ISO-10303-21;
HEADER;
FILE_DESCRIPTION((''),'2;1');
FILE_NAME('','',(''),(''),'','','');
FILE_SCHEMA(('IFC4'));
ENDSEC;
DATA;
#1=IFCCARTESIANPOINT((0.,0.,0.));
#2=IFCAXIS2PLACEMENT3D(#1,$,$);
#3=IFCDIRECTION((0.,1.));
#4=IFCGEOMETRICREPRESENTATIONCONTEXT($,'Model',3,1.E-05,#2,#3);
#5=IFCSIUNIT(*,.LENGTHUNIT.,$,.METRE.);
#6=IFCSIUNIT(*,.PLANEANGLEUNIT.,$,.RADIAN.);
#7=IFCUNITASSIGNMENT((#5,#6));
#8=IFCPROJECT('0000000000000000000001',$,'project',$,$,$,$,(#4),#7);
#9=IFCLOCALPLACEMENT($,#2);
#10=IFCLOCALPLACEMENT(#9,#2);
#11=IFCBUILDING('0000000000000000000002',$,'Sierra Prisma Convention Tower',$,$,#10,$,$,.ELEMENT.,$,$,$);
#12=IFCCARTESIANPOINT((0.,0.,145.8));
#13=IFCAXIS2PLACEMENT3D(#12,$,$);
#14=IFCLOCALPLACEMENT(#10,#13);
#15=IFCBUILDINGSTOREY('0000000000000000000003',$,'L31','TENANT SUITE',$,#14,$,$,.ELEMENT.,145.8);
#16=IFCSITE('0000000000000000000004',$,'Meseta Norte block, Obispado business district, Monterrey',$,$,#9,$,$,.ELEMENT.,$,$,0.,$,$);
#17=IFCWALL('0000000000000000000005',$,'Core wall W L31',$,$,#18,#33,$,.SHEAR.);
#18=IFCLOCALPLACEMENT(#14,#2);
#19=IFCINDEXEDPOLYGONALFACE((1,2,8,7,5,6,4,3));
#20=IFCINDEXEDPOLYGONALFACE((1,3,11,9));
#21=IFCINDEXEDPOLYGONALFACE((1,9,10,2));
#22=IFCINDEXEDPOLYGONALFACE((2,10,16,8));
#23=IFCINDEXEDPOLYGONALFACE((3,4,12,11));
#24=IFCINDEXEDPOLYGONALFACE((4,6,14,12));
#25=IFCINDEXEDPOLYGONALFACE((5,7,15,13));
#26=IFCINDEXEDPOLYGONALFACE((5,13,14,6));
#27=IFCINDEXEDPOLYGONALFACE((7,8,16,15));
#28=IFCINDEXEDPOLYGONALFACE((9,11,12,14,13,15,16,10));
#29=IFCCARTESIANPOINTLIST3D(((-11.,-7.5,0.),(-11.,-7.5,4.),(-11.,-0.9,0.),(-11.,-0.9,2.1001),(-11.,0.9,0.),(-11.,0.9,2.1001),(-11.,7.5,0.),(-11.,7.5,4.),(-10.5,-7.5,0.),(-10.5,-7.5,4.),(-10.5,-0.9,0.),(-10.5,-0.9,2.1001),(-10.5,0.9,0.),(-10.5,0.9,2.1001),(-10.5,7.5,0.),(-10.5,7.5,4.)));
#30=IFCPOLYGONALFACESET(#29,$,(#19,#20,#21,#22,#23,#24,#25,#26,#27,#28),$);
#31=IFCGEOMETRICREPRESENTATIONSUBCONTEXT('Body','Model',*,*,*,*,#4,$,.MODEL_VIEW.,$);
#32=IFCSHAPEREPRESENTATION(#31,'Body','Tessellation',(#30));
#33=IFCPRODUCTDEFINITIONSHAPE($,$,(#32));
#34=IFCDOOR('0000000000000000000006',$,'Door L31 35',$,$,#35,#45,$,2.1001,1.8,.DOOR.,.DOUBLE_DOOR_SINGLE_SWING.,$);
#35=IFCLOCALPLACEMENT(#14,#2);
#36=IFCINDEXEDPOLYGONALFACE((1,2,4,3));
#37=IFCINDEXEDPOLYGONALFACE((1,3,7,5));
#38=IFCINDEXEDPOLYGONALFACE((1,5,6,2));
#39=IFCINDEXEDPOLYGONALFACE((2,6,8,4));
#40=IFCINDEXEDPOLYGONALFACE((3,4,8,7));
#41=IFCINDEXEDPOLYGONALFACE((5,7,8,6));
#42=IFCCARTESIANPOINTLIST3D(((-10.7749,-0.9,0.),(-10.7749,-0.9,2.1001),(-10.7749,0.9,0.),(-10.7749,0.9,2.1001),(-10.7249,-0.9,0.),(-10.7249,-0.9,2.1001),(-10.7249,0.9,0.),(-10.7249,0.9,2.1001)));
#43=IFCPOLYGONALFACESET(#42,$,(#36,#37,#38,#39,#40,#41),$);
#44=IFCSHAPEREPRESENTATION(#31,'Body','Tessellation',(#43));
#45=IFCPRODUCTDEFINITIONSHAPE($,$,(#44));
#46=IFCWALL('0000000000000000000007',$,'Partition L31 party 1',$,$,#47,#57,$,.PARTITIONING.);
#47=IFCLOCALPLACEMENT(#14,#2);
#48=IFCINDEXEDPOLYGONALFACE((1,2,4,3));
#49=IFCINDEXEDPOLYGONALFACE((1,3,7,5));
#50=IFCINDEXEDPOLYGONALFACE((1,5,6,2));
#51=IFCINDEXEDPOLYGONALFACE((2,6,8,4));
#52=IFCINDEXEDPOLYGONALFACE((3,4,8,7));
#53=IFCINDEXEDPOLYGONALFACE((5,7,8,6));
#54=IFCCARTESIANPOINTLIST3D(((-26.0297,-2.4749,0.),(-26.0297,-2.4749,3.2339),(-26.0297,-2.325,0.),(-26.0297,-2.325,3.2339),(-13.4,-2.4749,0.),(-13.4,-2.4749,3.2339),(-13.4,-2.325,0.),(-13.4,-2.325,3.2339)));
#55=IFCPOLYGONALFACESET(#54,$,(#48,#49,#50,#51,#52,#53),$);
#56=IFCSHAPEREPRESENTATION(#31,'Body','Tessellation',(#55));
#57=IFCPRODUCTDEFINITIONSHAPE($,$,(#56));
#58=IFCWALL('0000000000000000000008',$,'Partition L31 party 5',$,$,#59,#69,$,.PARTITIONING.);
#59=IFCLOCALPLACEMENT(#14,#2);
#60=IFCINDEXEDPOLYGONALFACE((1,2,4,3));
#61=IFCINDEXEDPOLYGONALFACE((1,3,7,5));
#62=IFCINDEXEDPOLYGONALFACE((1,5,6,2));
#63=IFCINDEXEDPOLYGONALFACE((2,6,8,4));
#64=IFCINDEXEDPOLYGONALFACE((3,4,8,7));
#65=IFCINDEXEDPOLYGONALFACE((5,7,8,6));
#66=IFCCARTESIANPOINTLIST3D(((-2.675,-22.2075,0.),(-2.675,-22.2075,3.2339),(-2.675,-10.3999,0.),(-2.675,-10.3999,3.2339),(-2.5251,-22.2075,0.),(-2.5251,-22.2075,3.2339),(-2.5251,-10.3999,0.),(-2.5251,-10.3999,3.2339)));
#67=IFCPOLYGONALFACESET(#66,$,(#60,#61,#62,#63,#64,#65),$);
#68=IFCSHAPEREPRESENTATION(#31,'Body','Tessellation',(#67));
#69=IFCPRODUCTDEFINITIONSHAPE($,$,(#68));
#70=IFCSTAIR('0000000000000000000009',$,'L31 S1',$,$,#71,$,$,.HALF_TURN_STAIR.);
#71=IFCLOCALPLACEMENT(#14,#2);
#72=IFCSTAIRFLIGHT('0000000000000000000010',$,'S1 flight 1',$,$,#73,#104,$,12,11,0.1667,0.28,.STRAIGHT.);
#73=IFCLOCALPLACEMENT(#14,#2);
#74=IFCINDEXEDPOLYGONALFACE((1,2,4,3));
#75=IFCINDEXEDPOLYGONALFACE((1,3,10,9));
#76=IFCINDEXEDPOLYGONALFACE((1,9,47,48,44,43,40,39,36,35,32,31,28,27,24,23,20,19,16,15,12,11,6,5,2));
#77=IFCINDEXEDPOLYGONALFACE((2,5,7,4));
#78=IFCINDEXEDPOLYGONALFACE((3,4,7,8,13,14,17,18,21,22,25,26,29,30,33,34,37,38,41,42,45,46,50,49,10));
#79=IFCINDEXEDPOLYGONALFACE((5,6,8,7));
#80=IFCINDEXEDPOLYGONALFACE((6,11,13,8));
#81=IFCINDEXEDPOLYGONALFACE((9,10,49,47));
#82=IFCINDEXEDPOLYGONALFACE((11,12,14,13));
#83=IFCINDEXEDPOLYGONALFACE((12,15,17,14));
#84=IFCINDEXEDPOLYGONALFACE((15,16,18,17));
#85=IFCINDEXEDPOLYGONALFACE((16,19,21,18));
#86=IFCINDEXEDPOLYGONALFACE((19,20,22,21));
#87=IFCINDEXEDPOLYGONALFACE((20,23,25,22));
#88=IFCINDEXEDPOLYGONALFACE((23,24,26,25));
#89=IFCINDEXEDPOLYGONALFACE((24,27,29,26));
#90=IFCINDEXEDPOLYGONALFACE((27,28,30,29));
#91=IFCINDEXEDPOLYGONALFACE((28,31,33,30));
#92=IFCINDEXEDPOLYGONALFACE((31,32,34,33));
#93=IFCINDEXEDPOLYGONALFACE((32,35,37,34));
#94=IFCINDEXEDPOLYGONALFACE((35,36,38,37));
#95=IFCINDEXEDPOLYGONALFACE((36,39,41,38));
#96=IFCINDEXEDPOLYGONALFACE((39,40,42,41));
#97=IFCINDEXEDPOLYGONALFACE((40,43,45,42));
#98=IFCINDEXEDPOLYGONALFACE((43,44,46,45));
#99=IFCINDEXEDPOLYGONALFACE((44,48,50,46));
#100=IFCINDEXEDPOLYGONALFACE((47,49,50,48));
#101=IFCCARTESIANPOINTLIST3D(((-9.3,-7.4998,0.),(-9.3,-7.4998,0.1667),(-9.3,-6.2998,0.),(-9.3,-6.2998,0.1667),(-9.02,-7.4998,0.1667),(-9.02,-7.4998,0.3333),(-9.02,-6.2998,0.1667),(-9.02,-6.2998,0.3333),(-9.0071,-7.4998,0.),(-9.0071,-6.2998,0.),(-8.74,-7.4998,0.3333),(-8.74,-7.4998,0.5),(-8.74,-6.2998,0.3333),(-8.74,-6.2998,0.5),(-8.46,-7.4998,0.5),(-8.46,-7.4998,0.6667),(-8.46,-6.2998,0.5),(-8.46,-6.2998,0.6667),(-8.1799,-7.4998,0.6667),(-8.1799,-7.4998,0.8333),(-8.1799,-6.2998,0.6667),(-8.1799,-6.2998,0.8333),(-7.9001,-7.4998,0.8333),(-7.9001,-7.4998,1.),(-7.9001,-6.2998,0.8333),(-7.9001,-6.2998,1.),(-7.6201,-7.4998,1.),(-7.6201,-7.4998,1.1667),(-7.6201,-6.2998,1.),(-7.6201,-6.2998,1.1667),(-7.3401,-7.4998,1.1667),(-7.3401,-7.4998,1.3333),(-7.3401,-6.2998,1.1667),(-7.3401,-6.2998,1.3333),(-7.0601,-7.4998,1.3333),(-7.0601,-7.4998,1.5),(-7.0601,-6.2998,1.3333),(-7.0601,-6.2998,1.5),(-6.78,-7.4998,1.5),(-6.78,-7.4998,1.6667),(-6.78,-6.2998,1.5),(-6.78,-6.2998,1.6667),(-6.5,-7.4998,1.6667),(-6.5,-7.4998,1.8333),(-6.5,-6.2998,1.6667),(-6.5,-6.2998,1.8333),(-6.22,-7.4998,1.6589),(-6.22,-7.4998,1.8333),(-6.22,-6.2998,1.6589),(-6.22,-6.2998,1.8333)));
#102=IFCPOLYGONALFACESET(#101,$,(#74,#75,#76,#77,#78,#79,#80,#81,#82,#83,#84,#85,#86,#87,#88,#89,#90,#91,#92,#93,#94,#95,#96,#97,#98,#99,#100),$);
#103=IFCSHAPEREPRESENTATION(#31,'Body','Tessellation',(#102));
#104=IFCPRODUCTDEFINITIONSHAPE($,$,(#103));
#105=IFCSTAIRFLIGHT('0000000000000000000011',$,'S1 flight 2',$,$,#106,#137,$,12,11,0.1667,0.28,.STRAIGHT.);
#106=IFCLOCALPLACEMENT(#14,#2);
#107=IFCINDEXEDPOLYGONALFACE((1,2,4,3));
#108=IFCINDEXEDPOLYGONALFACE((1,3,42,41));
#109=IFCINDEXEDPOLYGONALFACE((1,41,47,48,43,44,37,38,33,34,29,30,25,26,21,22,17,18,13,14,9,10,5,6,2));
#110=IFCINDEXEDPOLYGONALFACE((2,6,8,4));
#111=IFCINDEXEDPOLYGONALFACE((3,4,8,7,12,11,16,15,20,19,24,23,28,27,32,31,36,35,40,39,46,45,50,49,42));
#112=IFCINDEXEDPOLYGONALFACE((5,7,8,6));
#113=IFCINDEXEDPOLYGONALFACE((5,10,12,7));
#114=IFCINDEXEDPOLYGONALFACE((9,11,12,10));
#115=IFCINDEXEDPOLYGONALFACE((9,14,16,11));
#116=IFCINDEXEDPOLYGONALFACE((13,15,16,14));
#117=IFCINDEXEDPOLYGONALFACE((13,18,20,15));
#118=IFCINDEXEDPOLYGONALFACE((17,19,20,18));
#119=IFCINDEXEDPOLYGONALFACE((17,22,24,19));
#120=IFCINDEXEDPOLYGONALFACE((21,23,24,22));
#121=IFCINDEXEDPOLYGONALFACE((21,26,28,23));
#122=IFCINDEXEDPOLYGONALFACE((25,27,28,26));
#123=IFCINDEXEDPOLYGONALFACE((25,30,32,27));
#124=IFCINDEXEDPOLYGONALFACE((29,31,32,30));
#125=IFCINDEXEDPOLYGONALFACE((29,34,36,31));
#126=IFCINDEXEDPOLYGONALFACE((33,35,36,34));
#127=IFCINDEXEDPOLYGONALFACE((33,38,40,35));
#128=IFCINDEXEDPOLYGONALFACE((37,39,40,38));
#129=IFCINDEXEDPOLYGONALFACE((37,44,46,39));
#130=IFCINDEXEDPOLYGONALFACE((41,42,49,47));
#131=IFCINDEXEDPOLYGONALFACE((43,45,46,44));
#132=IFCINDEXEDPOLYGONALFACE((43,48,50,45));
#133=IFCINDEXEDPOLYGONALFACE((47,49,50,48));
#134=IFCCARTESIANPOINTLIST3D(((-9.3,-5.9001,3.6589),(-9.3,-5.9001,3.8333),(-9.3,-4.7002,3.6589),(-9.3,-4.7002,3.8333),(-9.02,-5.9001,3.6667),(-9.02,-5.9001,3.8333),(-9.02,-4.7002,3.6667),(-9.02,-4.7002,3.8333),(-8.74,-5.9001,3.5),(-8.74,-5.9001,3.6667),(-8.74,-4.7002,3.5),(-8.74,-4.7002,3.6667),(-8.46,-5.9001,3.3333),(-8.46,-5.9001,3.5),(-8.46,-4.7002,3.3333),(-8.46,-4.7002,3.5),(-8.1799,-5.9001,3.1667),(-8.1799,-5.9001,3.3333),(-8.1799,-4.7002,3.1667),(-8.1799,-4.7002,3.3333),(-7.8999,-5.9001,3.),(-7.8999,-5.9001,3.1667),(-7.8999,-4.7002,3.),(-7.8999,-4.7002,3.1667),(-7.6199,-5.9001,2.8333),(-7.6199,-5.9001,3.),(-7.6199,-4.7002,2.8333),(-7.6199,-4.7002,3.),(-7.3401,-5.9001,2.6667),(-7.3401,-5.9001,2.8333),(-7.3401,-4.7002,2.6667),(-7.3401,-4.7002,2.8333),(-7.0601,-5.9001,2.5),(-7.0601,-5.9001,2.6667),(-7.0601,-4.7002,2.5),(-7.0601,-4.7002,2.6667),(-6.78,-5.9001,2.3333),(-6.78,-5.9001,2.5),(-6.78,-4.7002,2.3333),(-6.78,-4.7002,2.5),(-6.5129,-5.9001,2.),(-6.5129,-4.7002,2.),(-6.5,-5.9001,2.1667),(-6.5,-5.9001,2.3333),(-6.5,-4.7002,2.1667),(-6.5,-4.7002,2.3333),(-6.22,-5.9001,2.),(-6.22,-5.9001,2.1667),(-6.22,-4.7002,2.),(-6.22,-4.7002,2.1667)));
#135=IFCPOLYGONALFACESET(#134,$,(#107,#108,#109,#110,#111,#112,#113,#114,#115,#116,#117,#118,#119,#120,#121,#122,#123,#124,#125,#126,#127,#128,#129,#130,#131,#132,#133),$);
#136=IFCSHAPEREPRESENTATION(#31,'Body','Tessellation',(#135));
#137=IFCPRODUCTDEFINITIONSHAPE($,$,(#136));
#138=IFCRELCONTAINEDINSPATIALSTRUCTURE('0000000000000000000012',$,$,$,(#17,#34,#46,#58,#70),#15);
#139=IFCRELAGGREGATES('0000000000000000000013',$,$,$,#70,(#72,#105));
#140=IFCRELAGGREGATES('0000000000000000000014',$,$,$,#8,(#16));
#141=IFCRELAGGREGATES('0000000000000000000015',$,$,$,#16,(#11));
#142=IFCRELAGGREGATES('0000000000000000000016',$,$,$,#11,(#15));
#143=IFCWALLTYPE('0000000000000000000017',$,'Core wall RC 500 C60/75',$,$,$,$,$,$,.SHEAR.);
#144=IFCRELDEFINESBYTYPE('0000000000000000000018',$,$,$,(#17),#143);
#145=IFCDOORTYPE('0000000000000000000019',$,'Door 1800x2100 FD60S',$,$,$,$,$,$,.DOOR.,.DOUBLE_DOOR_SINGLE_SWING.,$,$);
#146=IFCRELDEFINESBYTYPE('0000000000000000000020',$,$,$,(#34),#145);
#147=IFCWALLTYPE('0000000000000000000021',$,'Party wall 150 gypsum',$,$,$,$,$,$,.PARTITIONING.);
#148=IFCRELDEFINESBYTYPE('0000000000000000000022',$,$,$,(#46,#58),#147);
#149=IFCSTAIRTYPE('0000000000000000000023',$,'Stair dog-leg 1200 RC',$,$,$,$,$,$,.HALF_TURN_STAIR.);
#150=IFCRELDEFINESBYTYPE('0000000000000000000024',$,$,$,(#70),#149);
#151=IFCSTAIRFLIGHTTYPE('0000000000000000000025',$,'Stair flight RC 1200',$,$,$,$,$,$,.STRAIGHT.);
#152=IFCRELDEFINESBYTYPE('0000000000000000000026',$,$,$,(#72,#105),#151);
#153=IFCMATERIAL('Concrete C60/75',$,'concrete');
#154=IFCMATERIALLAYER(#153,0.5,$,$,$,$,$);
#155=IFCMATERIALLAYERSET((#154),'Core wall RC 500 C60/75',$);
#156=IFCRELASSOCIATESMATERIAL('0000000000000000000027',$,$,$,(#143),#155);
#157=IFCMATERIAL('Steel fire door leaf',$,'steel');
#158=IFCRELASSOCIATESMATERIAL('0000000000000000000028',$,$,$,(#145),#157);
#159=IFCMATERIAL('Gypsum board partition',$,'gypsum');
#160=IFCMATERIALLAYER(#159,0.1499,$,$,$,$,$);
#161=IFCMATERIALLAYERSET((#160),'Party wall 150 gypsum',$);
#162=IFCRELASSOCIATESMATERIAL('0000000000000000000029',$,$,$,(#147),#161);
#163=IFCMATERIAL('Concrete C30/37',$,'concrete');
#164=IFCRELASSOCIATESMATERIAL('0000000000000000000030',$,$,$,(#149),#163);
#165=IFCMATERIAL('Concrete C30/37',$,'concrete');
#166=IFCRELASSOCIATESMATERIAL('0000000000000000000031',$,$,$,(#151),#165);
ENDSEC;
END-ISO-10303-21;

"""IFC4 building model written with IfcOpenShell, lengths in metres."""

from ifc_helpers import new_model, si_unit, direction, frame, frame_2d, origin, place, context, subcontext, project, spatial, polyline, rectangle, outline, extrude, material, layer, layer_set, type_object, element, fill, aggregate, save


model = new_model("IFC4")

# Units and contexts
model_context = context("Model", 3, precision=1e-05, world=origin(), true_north=direction((0.0, 1.0)))
body_context = subcontext(model_context, "Body", "Model", "MODEL_VIEW")
ifc_project = project(units=[si_unit("LENGTHUNIT", "METRE"), si_unit("PLANEANGLEUNIT", "RADIAN")], contexts=[model_context])

# Site, building, storey
site_placement = place(None, origin())
site = spatial("IfcSite", under=ifc_project, at=site_placement, Name="Meseta Norte block, Obispado business district, Monterrey", CompositionType="ELEMENT", RefElevation=0.0)
building_placement = place(site_placement, origin())
building = spatial("IfcBuilding", under=site, at=building_placement, Name="Sierra Prisma Convention Tower", CompositionType="ELEMENT")
storey_placement = place(building_placement, frame((0.0, 0.0, 145.8)))
storey = spatial("IfcBuildingStorey", under=building, at=storey_placement, Name="L31", Description="TENANT SUITE", CompositionType="ELEMENT", Elevation=145.8)

# Wall, opening, door
ifc_material_1 = material(Name="Concrete C60/75", Category="concrete")
ifc_layer_1 = layer(ifc_material_1, 0.5)
ifc_layer_set_1 = layer_set([ifc_layer_1], Name="Core wall RC 500 C60/75")
wall_type_1 = type_object("IfcWallType", Name="Core wall RC 500 C60/75", PredefinedType="SHEAR", material=ifc_layer_set_1)
wall_1_placement = place(storey_placement, frame((-10.75, -7.5, 0.0), z_axis=(0.0, 0.0, 1.0), x_axis=(0.0, 1.0, 0.0)))
wall_1 = element("IfcWall", 1, at=wall_1_placement, inside=storey, type_object=wall_type_1, Name="Core wall W L31", PredefinedType="SHEAR", context=body_context, shape_type="SweptSolid", body=[
    extrude(rectangle(XDim=15.0, YDim=0.5, at=frame_2d((7.5, 0.0))), origin(), (0.0, 0.0, 1.0), 4.0),
])
opening_1_placement = place(wall_1_placement, frame((6.6001, 0.0, 0.0)))
opening_1 = element("IfcOpeningElement", 2, at=opening_1_placement, cuts=wall_1, PredefinedType="OPENING", context=body_context, shape_type="SweptSolid", body=[
    extrude(rectangle(XDim=1.8, YDim=2.1001, at=frame_2d((0.8999, 1.05))), frame((0.0, 0.25, 0.0), z_axis=(0.0, -1.0, 0.0), x_axis=(1.0, 0.0, 0.0)), (0.0, 0.0, 1.0), 0.5),
])
ifc_material_2 = material(Name="Steel fire door leaf", Category="steel")
door_type_1 = type_object("IfcDoorType", Name="Door 1800x2100 FD60S", OperationType="DOUBLE_DOOR_SINGLE_SWING", PredefinedType="DOOR", material=ifc_material_2)
door_1_placement = place(opening_1_placement, origin())
door_1 = element("IfcDoor", 3, at=door_1_placement, inside=storey, type_object=door_type_1, Name="Door L31 35", OperationType="DOUBLE_DOOR_SINGLE_SWING", OverallHeight=2.1001, OverallWidth=1.8, PredefinedType="DOOR", context=body_context, shape_type="SweptSolid", body=[
    extrude(rectangle(XDim=1.8, YDim=2.1001, at=frame_2d((0.8999, 1.05))), frame((0.0, 0.0249, 0.0), z_axis=(0.0, -1.0, 0.0), x_axis=(1.0, 0.0, 0.0)), (0.0, 0.0, 1.0), 0.05),
])
fill(opening_1, door_1)

# Walls
ifc_material_3 = material(Name="Gypsum board partition", Category="gypsum")
ifc_layer_2 = layer(ifc_material_3, 0.1499)
ifc_layer_set_2 = layer_set([ifc_layer_2], Name="Party wall 150 gypsum")
wall_type_2 = type_object("IfcWallType", Name="Party wall 150 gypsum", PredefinedType="PARTITIONING", material=ifc_layer_set_2)
wall_2_placement = place(storey_placement, frame((-13.3999, -2.3999, 0.0), z_axis=(0.0, 0.0, 1.0), x_axis=(-1.0, 0.0, 0.0)))
element("IfcWall", 4, at=wall_2_placement, inside=storey, type_object=wall_type_2, Name="Partition L31 party 1", PredefinedType="PARTITIONING", context=body_context, shape_type="SweptSolid", body=[
    extrude(rectangle(XDim=12.6296, YDim=0.1499, at=frame_2d((6.3149, 0.0))), origin(), (0.0, 0.0, 1.0), 3.2339),
])
wall_3_placement = place(storey_placement, frame((-2.6001, -10.3999, 0.0), z_axis=(0.0, 0.0, 1.0), x_axis=(0.0, -1.0, 0.0)))
element("IfcWall", 5, at=wall_3_placement, inside=storey, type_object=wall_type_2, Name="Partition L31 party 5", PredefinedType="PARTITIONING", context=body_context, shape_type="SweptSolid", body=[
    extrude(rectangle(XDim=11.8076, YDim=0.1499, at=frame_2d((5.9038, 0.0))), origin(), (0.0, 0.0, 1.0), 3.2339),
])

# Stair, stair flights
ifc_material_4 = material(Name="Concrete C30/37", Category="concrete")
stair_type = type_object("IfcStairType", Name="Stair dog-leg 1200 RC", PredefinedType="HALF_TURN_STAIR", material=ifc_material_4)
stair_placement = place(storey_placement, origin())
stair = element("IfcStair", 6, at=stair_placement, inside=storey, type_object=stair_type, Name="L31 S1", PredefinedType="HALF_TURN_STAIR")
ifc_material_5 = material(Name="Concrete C30/37", Category="concrete")
stair_flight_type = type_object("IfcStairFlightType", Name="Stair flight RC 1200", PredefinedType="STRAIGHT", material=ifc_material_5)
stair_flight_1_placement = place(storey_placement, frame((-9.3, -6.8999, 0.0), z_axis=(0.0, 0.0, 1.0), x_axis=(1.0, 0.0, 0.0)))
stair_flight_1 = element("IfcStairFlight", 7, at=stair_flight_1_placement, type_object=stair_flight_type, Name="S1 flight 1", NumberOfRisers=12, NumberOfTreads=11, PredefinedType="STRAIGHT", RiserHeight=0.1667, TreadLength=0.28, context=body_context, shape_type="SweptSolid", body=[
    extrude(outline(polyline([(0.0, 0.0), (0.0, 0.1667), (0.28, 0.1667), (0.28, 0.3333), (0.5601, 0.3333), (0.5601, 0.5), (0.8401, 0.5), (0.8401, 0.6667), (1.1201, 0.6667), (1.1201, 0.8333), (1.3999, 0.8333), (1.3999, 1.0), (1.6799, 1.0), (1.6799, 1.1667), (1.96, 1.1667), (1.96, 1.3333), (2.24, 1.3333), (2.24, 1.5), (2.52, 1.5), (2.52, 1.6667), (2.8, 1.6667), (2.8, 1.8333), (3.0801, 1.8333), (3.0801, 2.0), (3.0801, 1.6589), (0.293, 0.0), (0.0, 0.0)])), frame((0.0, 0.6001, 0.0), z_axis=(0.0, -1.0, 0.0), x_axis=(1.0, 0.0, 0.0)), (0.0, 0.0, 1.0), 1.2),
])
stair_flight_2_placement = place(storey_placement, frame((-6.22, -5.3, 2.0), z_axis=(0.0, 0.0, 1.0), x_axis=(-1.0, 0.0, 0.0)))
stair_flight_2 = element("IfcStairFlight", 8, at=stair_flight_2_placement, type_object=stair_flight_type, Name="S1 flight 2", NumberOfRisers=12, NumberOfTreads=11, PredefinedType="STRAIGHT", RiserHeight=0.1667, TreadLength=0.28, context=body_context, shape_type="SweptSolid", body=[
    extrude(outline(polyline([(0.0, 0.0), (0.0, 0.1667), (0.28, 0.1667), (0.28, 0.3333), (0.5601, 0.3333), (0.5601, 0.5), (0.8401, 0.5), (0.8401, 0.6667), (1.1201, 0.6667), (1.1201, 0.8333), (1.3999, 0.8333), (1.3999, 1.0), (1.6799, 1.0), (1.6799, 1.1667), (1.96, 1.1667), (1.96, 1.3333), (2.24, 1.3333), (2.24, 1.5), (2.52, 1.5), (2.52, 1.6667), (2.8, 1.6667), (2.8, 1.8333), (3.0801, 1.8333), (3.0801, 2.0), (3.0801, 1.6589), (0.293, 0.0), (0.0, 0.0)])), frame((0.0, 0.6001, 0.0), z_axis=(0.0, -1.0, 0.0), x_axis=(1.0, 0.0, 0.0)), (0.0, 0.0, 1.0), 1.2),
])
aggregate(stair, [stair_flight_1, stair_flight_2])

save(model, "model.ifc")
